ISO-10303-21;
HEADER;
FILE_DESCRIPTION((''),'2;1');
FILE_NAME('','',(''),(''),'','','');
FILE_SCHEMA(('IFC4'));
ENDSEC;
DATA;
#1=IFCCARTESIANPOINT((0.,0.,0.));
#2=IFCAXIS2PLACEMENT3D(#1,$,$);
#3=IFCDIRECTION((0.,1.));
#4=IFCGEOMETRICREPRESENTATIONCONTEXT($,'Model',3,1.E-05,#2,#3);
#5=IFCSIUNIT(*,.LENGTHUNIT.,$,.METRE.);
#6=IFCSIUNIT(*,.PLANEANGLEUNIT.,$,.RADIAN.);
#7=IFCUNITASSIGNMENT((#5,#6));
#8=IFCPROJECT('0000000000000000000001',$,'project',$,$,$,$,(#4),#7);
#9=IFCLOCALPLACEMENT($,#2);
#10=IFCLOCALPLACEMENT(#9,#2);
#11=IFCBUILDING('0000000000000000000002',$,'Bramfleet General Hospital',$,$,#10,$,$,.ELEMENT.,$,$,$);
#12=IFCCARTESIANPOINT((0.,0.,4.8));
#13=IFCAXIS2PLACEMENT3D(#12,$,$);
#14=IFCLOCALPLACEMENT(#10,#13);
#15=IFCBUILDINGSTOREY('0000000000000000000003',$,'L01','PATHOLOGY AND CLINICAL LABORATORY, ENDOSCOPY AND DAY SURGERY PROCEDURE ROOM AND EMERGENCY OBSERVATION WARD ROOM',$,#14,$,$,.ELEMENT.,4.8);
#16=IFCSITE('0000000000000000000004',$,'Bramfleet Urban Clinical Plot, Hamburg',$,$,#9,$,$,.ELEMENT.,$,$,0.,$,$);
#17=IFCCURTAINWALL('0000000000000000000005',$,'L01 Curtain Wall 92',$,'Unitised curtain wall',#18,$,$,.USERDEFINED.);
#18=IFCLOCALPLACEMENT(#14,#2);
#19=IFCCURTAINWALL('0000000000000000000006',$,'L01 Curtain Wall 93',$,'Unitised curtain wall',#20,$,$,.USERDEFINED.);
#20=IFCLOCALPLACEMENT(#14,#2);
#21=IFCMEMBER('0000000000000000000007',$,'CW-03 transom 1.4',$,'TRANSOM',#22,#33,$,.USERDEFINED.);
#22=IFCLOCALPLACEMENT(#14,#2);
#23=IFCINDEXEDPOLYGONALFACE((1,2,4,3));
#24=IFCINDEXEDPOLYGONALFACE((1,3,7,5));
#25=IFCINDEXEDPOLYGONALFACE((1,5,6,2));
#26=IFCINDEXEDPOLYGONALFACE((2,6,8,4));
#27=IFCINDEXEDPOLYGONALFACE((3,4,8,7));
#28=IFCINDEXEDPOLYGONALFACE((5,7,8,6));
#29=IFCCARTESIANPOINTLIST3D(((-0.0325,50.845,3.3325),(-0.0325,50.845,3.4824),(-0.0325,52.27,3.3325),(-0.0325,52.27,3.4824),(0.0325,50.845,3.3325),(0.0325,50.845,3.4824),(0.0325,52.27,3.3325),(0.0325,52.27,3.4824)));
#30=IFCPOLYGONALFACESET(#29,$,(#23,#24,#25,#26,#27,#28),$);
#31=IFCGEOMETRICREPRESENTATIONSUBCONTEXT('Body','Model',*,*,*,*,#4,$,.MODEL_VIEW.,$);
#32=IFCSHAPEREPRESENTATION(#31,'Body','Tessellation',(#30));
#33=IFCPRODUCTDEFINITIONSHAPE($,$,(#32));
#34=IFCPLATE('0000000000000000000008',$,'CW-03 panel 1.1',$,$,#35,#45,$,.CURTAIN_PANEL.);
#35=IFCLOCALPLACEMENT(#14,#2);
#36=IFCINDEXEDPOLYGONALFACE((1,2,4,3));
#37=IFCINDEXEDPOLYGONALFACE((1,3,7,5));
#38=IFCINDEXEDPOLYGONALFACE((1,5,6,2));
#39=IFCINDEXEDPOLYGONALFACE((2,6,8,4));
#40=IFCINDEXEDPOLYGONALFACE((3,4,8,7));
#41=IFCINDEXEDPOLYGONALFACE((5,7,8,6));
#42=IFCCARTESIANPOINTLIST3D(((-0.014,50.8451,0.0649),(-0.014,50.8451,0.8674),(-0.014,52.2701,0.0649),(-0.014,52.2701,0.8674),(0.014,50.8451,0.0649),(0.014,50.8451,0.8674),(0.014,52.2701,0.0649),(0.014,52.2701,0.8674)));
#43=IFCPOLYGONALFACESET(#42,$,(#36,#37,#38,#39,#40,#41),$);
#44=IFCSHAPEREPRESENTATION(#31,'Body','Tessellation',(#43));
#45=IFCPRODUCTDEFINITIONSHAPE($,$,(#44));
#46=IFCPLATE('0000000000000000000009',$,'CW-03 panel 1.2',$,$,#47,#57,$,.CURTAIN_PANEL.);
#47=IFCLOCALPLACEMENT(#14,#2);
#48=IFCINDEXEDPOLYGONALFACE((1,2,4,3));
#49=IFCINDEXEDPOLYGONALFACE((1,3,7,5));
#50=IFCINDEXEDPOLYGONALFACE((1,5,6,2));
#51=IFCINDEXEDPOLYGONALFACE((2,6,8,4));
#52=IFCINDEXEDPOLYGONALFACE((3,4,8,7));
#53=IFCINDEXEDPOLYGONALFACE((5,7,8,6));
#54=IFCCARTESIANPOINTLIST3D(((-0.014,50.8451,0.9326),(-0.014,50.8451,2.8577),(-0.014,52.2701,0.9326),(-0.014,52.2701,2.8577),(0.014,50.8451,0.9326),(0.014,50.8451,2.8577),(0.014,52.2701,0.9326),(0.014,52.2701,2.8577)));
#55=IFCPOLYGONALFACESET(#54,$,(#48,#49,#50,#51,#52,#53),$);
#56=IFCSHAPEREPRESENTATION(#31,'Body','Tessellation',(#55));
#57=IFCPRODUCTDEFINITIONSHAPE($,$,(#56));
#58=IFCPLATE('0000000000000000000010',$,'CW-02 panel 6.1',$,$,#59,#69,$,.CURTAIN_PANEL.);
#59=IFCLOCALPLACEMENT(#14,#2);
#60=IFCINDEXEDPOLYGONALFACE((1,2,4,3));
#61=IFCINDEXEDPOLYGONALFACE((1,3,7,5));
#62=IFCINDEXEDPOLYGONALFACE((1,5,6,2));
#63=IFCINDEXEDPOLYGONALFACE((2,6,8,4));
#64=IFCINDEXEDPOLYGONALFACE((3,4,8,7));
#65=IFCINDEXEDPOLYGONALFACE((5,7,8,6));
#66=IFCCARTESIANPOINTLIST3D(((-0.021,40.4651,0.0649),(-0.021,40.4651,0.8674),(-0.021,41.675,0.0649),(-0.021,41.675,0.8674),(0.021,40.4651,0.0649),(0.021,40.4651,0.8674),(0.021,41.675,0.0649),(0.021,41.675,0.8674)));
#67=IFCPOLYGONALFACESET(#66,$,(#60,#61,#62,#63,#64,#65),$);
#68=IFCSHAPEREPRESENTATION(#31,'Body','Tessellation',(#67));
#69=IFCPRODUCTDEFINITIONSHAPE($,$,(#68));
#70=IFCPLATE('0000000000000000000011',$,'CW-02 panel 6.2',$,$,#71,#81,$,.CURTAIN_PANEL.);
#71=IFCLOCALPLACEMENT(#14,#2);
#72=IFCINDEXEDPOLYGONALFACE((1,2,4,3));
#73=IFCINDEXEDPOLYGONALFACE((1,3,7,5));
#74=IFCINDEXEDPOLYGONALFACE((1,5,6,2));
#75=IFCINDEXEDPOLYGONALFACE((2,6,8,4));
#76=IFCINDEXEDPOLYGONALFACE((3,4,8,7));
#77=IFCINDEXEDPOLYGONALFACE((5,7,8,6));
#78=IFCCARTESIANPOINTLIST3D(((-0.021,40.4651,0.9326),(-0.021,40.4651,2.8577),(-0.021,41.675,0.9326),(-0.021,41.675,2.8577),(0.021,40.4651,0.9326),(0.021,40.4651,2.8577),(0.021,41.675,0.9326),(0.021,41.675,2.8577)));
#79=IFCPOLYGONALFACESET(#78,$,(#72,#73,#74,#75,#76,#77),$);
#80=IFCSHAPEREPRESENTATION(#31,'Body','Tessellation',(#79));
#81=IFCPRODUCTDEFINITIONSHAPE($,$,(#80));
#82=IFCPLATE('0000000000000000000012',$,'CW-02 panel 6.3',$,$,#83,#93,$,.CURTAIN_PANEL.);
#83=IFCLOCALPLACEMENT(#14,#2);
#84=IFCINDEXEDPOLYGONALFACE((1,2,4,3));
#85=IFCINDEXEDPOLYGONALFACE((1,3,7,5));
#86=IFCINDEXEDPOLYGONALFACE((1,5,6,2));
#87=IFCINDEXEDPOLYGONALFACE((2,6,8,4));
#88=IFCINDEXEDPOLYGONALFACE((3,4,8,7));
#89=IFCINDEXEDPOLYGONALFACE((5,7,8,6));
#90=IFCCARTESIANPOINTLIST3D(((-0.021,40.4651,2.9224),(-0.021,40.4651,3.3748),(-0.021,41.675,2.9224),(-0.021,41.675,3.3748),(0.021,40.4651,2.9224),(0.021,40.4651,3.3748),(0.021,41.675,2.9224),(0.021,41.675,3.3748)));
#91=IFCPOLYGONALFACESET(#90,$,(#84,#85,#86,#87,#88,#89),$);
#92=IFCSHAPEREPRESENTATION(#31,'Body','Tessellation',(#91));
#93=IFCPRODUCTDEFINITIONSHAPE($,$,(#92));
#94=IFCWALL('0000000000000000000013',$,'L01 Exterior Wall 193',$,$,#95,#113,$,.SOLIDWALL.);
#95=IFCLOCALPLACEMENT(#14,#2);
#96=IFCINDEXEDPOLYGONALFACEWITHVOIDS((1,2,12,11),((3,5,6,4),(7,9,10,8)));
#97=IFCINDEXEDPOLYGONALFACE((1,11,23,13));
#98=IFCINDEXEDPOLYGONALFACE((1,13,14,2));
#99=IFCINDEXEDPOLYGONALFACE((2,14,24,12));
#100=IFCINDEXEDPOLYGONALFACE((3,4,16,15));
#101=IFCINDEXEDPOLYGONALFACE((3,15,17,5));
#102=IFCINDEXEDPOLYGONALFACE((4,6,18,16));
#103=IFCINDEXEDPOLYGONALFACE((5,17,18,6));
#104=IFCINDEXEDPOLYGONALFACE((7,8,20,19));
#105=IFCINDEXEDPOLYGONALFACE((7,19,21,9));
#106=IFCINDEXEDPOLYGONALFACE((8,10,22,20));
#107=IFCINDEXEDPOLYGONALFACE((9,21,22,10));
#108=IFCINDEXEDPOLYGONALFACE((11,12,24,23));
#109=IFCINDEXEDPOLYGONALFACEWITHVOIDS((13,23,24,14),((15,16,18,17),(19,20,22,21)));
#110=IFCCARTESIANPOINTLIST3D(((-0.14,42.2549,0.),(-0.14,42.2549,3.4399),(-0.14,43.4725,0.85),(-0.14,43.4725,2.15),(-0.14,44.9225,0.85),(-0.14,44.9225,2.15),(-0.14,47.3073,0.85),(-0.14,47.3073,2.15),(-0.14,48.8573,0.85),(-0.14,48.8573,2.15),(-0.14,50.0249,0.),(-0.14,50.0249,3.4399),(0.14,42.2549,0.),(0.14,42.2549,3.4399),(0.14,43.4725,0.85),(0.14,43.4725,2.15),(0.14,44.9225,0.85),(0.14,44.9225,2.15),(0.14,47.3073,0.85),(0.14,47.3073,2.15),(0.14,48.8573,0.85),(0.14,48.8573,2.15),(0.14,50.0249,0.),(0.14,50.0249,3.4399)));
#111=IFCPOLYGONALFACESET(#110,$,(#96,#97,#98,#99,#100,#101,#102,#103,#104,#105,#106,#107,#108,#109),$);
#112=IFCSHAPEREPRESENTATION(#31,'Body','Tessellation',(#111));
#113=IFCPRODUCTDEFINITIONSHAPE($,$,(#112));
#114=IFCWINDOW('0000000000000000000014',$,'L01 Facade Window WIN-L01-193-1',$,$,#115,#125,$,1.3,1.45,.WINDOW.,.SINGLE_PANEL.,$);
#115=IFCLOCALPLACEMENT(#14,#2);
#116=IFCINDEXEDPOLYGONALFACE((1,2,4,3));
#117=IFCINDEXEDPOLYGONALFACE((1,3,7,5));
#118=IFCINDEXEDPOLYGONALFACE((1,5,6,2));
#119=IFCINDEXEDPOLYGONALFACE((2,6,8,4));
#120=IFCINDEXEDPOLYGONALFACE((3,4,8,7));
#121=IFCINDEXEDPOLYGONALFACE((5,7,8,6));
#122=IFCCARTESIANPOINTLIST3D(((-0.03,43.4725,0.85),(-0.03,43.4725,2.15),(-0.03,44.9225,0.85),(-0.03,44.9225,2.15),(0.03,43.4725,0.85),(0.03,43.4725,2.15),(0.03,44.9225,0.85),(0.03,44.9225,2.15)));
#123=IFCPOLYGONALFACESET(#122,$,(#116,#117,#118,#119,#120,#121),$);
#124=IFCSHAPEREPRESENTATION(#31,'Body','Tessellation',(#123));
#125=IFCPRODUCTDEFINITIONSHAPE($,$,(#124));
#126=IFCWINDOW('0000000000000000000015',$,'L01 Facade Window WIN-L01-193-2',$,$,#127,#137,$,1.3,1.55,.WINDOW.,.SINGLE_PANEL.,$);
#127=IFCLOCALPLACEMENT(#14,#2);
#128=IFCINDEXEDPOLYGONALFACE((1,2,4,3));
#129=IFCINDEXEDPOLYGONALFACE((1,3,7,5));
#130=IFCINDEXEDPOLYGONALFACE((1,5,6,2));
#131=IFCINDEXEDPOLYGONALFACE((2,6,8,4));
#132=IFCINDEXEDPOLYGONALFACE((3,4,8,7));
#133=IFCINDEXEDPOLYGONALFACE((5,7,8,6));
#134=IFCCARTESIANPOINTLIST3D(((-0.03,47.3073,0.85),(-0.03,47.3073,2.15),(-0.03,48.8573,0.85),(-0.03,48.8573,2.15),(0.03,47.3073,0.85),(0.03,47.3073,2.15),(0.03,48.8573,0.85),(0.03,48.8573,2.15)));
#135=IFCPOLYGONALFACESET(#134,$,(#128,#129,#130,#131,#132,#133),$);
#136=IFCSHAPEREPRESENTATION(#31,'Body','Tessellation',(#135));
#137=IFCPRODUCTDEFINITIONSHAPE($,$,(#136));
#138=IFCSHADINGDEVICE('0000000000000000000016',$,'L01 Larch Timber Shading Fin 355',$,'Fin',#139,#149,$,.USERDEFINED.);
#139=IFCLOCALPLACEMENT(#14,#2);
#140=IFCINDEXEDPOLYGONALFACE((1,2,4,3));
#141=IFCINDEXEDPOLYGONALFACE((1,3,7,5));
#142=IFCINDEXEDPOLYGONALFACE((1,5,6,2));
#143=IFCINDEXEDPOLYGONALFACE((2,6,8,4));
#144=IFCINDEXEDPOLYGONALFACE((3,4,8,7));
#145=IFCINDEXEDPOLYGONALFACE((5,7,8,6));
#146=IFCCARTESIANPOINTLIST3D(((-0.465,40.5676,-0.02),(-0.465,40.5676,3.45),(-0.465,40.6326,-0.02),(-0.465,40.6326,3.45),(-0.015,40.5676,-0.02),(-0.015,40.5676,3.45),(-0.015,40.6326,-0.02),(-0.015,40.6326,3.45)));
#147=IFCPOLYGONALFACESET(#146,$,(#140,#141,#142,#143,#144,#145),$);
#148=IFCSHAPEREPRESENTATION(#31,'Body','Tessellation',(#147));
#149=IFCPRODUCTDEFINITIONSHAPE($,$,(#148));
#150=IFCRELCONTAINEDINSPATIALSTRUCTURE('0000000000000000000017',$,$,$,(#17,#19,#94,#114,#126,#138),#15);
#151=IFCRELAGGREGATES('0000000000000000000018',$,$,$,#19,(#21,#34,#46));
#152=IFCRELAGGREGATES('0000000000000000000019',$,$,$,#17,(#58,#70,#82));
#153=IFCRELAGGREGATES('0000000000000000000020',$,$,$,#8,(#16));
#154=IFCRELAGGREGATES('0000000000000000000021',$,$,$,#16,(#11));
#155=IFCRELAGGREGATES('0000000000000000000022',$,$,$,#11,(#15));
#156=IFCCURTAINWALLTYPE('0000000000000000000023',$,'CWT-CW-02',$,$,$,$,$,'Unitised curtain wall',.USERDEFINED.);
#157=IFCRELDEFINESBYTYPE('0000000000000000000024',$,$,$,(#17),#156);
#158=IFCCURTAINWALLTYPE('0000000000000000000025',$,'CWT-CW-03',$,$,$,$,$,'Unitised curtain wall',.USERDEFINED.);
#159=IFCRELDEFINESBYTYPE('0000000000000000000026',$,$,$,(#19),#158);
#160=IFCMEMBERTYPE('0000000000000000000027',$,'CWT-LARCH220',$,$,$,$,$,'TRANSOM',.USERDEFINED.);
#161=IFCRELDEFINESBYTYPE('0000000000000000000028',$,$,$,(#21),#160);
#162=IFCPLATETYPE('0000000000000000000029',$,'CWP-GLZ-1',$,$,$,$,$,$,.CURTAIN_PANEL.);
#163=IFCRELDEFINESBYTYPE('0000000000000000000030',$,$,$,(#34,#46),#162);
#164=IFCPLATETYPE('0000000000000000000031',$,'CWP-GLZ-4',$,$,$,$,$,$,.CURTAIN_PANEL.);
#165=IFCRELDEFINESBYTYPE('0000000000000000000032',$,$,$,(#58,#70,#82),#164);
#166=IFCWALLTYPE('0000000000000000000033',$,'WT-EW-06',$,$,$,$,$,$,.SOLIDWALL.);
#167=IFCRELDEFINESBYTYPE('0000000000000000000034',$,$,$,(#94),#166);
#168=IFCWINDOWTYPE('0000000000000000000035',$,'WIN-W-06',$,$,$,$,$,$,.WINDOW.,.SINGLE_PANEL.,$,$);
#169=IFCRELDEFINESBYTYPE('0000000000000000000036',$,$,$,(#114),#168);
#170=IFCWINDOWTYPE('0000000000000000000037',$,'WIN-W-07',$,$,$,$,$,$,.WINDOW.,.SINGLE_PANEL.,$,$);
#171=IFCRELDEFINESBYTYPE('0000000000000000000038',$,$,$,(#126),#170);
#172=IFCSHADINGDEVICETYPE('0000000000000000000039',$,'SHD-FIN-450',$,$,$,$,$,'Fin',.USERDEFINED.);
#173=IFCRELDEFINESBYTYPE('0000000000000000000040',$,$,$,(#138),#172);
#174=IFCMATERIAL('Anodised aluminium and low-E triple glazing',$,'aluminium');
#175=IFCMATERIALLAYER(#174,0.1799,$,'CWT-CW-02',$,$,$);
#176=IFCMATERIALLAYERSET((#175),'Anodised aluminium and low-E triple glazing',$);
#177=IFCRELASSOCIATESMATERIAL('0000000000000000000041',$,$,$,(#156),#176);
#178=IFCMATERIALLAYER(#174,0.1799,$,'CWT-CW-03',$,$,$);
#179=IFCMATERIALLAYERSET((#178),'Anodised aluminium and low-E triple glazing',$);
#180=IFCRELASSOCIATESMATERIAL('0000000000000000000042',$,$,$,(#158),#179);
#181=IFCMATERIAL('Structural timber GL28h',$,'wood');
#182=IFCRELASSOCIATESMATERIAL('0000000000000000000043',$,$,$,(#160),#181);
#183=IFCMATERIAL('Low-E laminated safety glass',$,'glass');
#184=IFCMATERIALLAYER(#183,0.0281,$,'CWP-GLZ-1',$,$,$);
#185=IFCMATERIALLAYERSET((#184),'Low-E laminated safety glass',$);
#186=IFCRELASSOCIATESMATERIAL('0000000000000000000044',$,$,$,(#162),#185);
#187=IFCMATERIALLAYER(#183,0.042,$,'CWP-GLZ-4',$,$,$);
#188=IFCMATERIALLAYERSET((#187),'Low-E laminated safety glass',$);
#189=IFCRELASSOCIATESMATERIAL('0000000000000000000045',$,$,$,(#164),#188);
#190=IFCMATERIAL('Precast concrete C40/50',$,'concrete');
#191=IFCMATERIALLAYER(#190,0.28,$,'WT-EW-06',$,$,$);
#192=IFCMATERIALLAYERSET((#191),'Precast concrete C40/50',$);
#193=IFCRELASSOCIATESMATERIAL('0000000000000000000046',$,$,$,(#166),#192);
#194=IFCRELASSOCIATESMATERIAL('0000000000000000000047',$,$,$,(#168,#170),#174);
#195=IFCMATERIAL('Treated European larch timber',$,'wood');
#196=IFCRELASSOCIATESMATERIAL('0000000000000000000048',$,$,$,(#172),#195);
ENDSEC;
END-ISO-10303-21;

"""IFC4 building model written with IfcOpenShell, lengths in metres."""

from ifc_helpers import new_model, si_unit, direction, frame, frame_2d, origin, origin_2d, place, context, subcontext, project, spatial, rectangle, extrude, material, layer, layer_set, material_profile, profile_set, type_object, element, fill, aggregate, save


model = new_model("IFC4")

# Units and contexts
model_context = context("Model", 3, precision=1e-05, world=origin(), true_north=direction((0.0, 1.0)))
body_context = subcontext(model_context, "Body", "Model", "MODEL_VIEW")
ifc_project = project(units=[si_unit("LENGTHUNIT", "METRE"), si_unit("PLANEANGLEUNIT", "RADIAN")], contexts=[model_context])

# Site, building, storey
site_placement = place(None, origin())
site = spatial("IfcSite", under=ifc_project, at=site_placement, Name="Bramfleet Urban Clinical Plot, Hamburg", CompositionType="ELEMENT", RefElevation=0.0)
building_placement = place(site_placement, origin())
building = spatial("IfcBuilding", under=site, at=building_placement, Name="Bramfleet General Hospital", CompositionType="ELEMENT")
storey_placement = place(building_placement, frame((0.0, 0.0, 4.8)))
storey = spatial("IfcBuildingStorey", under=building, at=storey_placement, Name="L01", Description="PATHOLOGY AND CLINICAL LABORATORY, ENDOSCOPY AND DAY SURGERY PROCEDURE ROOM AND EMERGENCY OBSERVATION WARD ROOM", CompositionType="ELEMENT", Elevation=4.8)

# Curtain walls
ifc_material_1 = material(Name="Anodised aluminium and low-E triple glazing", Category="aluminium")
ifc_layer_1 = layer(ifc_material_1, 0.1799, Name="CWT-CW-02")
ifc_layer_set_1 = layer_set([ifc_layer_1], Name="Anodised aluminium and low-E triple glazing")
curtain_wall_type_1 = type_object("IfcCurtainWallType", Name="CWT-CW-02", ElementType="Unitised curtain wall", PredefinedType="USERDEFINED", material=ifc_layer_set_1)
curtain_wall_1_placement = place(storey_placement, origin())
curtain_wall_1 = element("IfcCurtainWall", 1, at=curtain_wall_1_placement, inside=storey, type_object=curtain_wall_type_1, Name="L01 Curtain Wall 92", ObjectType="Unitised curtain wall", PredefinedType="USERDEFINED")
ifc_material_2 = material(Name="Structural timber GL28h", Category="wood")
ifc_layer_2 = layer(ifc_material_1, 0.1799, Name="CWT-CW-03")
ifc_layer_set_2 = layer_set([ifc_layer_2], Name="Anodised aluminium and low-E triple glazing")
curtain_wall_type_2 = type_object("IfcCurtainWallType", Name="CWT-CW-03", ElementType="Unitised curtain wall", PredefinedType="USERDEFINED", material=ifc_layer_set_2)
curtain_wall_2_placement = place(storey_placement, origin())
curtain_wall_2 = element("IfcCurtainWall", 2, at=curtain_wall_2_placement, inside=storey, type_object=curtain_wall_type_2, Name="L01 Curtain Wall 93", ObjectType="Unitised curtain wall", PredefinedType="USERDEFINED")

# Member
ifc_material_profile_1 = material_profile(ifc_material_2, rectangle(XDim=0.0649, YDim=0.1499, at=origin_2d()), Name="LARCH 150x65")
ifc_profile_set_1 = profile_set([ifc_material_profile_1], Name="Structural timber GL28h")
member_type_1 = type_object("IfcMemberType", Name="CWT-LARCH220", ElementType="TRANSOM", PredefinedType="USERDEFINED", material=ifc_profile_set_1)
member_1_placement = place(storey_placement, frame((0.0, 50.845, 3.4075), z_axis=(0.0, 1.0, 0.0), x_axis=(-1.0, 0.0, 0.0)))
member_1 = element("IfcMember", 3, at=member_1_placement, type_object=member_type_1, Name="CW-03 transom 1.4", ObjectType="TRANSOM", PredefinedType="USERDEFINED", context=body_context, shape_type="SweptSolid", body=[
    extrude(rectangle(XDim=0.0649, YDim=0.1499, at=origin_2d()), origin(), (0.0, 0.0, 1.0), 1.425),
])

# Plates
ifc_material_3 = material(Name="Low-E laminated safety glass", Category="glass")
ifc_layer_3 = layer(ifc_material_3, 0.0281, Name="CWP-GLZ-1")
ifc_layer_set_3 = layer_set([ifc_layer_3], Name="Low-E laminated safety glass")
plate_type_1 = type_object("IfcPlateType", Name="CWP-GLZ-1", PredefinedType="CURTAIN_PANEL", material=ifc_layer_set_3)
plate_1_placement = place(storey_placement, frame((0.0, 51.5576, 0.0649), z_axis=(0.0, 0.0, 1.0), x_axis=(0.0, 1.0, 0.0)))
plate_1 = element("IfcPlate", 4, at=plate_1_placement, type_object=plate_type_1, Name="CW-03 panel 1.1", PredefinedType="CURTAIN_PANEL", context=body_context, shape_type="SweptSolid", body=[
    extrude(rectangle(XDim=1.425, YDim=0.0281, at=origin_2d()), origin(), (0.0, 0.0, 1.0), 0.8025),
])
plate_2_placement = place(storey_placement, frame((0.0, 51.5576, 0.9326), z_axis=(0.0, 0.0, 1.0), x_axis=(0.0, 1.0, 0.0)))
plate_2 = element("IfcPlate", 5, at=plate_2_placement, type_object=plate_type_1, Name="CW-03 panel 1.2", PredefinedType="CURTAIN_PANEL", context=body_context, shape_type="SweptSolid", body=[
    extrude(rectangle(XDim=1.425, YDim=0.0281, at=origin_2d()), origin(), (0.0, 0.0, 1.0), 1.925),
])
aggregate(curtain_wall_2, [member_1, plate_1, plate_2])
ifc_layer_4 = layer(ifc_material_3, 0.042, Name="CWP-GLZ-4")
ifc_layer_set_4 = layer_set([ifc_layer_4], Name="Low-E laminated safety glass")
plate_type_2 = type_object("IfcPlateType", Name="CWP-GLZ-4", PredefinedType="CURTAIN_PANEL", material=ifc_layer_set_4)
plate_3_placement = place(storey_placement, frame((0.0, 41.0701, 0.0649), z_axis=(0.0, 0.0, 1.0), x_axis=(0.0, 1.0, 0.0)))
plate_3 = element("IfcPlate", 6, at=plate_3_placement, type_object=plate_type_2, Name="CW-02 panel 6.1", PredefinedType="CURTAIN_PANEL", context=body_context, shape_type="SweptSolid", body=[
    extrude(rectangle(XDim=1.21, YDim=0.042, at=origin_2d()), origin(), (0.0, 0.0, 1.0), 0.8025),
])
plate_4_placement = place(storey_placement, frame((0.0, 41.0701, 0.9326), z_axis=(0.0, 0.0, 1.0), x_axis=(0.0, 1.0, 0.0)))
plate_4 = element("IfcPlate", 7, at=plate_4_placement, type_object=plate_type_2, Name="CW-02 panel 6.2", PredefinedType="CURTAIN_PANEL", context=body_context, shape_type="SweptSolid", body=[
    extrude(rectangle(XDim=1.21, YDim=0.042, at=origin_2d()), origin(), (0.0, 0.0, 1.0), 1.925),
])
plate_5_placement = place(storey_placement, frame((0.0, 41.0701, 2.9224), z_axis=(0.0, 0.0, 1.0), x_axis=(0.0, 1.0, 0.0)))
plate_5 = element("IfcPlate", 8, at=plate_5_placement, type_object=plate_type_2, Name="CW-02 panel 6.3", PredefinedType="CURTAIN_PANEL", context=body_context, shape_type="SweptSolid", body=[
    extrude(rectangle(XDim=1.21, YDim=0.042, at=origin_2d()), origin(), (0.0, 0.0, 1.0), 0.4524),
])
aggregate(curtain_wall_1, [plate_3, plate_4, plate_5])

# Wall, openings, windows
ifc_material_4 = material(Name="Precast concrete C40/50", Category="concrete")
ifc_layer_5 = layer(ifc_material_4, 0.28, Name="WT-EW-06")
ifc_layer_set_5 = layer_set([ifc_layer_5], Name="Precast concrete C40/50")
wall_type = type_object("IfcWallType", Name="WT-EW-06", PredefinedType="SOLIDWALL", material=ifc_layer_set_5)
wall_placement = place(storey_placement, frame((0.0, 42.2549, 0.0), z_axis=(0.0, 0.0, 1.0), x_axis=(0.0, 1.0, 0.0)))
wall = element("IfcWall", 9, at=wall_placement, inside=storey, type_object=wall_type, Name="L01 Exterior Wall 193", PredefinedType="SOLIDWALL", context=body_context, shape_type="SweptSolid", body=[
    extrude(rectangle(XDim=7.77, YDim=0.28, at=frame_2d((3.885, 0.0))), origin(), (0.0, 0.0, 1.0), 3.4399),
])
opening_1_placement = place(wall_placement, frame((1.2175, 0.0, 0.8501)))
opening_1 = element("IfcOpeningElement", 10, at=opening_1_placement, cuts=wall, PredefinedType="OPENING", context=body_context, shape_type="SweptSolid", body=[
    extrude(rectangle(XDim=1.45, YDim=1.3, at=frame_2d((0.7251, 0.6499))), frame((0.0, 0.1499, 0.0), z_axis=(0.0, -1.0, 0.0), x_axis=(1.0, 0.0, 0.0)), (0.0, 0.0, 1.0), 0.3),
])
opening_2_placement = place(wall_placement, frame((5.0525, 0.0, 0.8501)))
opening_2 = element("IfcOpeningElement", 11, at=opening_2_placement, cuts=wall, PredefinedType="OPENING", context=body_context, shape_type="SweptSolid", body=[
    extrude(rectangle(XDim=1.55, YDim=1.3, at=frame_2d((0.7749, 0.6499))), frame((0.0, 0.1499, 0.0), z_axis=(0.0, -1.0, 0.0), x_axis=(1.0, 0.0, 0.0)), (0.0, 0.0, 1.0), 0.3),
])
window_type_1 = type_object("IfcWindowType", Name="WIN-W-06", PartitioningType="SINGLE_PANEL", PredefinedType="WINDOW", material=ifc_material_1)
window_1_placement = place(opening_1_placement, origin())
window_1 = element("IfcWindow", 12, at=window_1_placement, inside=storey, type_object=window_type_1, Name="L01 Facade Window WIN-L01-193-1", OverallHeight=1.3, OverallWidth=1.45, PartitioningType="SINGLE_PANEL", PredefinedType="WINDOW", context=body_context, shape_type="SweptSolid", body=[
    extrude(rectangle(XDim=1.45, YDim=1.3, at=frame_2d((0.7251, 0.6499))), frame((0.0, 0.03, 0.0), z_axis=(0.0, -1.0, 0.0), x_axis=(1.0, 0.0, 0.0)), (0.0, 0.0, 1.0), 0.0601),
])
fill(opening_1, window_1)
window_type_2 = type_object("IfcWindowType", Name="WIN-W-07", PartitioningType="SINGLE_PANEL", PredefinedType="WINDOW", material=ifc_material_1)
window_2_placement = place(opening_2_placement, origin())
window_2 = element("IfcWindow", 13, at=window_2_placement, inside=storey, type_object=window_type_2, Name="L01 Facade Window WIN-L01-193-2", OverallHeight=1.3, OverallWidth=1.55, PartitioningType="SINGLE_PANEL", PredefinedType="WINDOW", context=body_context, shape_type="SweptSolid", body=[
    extrude(rectangle(XDim=1.55, YDim=1.3, at=frame_2d((0.7749, 0.6499))), frame((0.0, 0.03, 0.0), z_axis=(0.0, -1.0, 0.0), x_axis=(1.0, 0.0, 0.0)), (0.0, 0.0, 1.0), 0.0601),
])
fill(opening_2, window_2)

# Shading device
ifc_material_5 = material(Name="Treated European larch timber", Category="wood")
ifc_material_profile_2 = material_profile(ifc_material_5, rectangle(XDim=0.0649, YDim=0.45, at=origin_2d()), Name="LARCH FIN 450x65")
ifc_profile_set_2 = profile_set([ifc_material_profile_2], Name="Treated European larch timber")
shading_device_type = type_object("IfcShadingDeviceType", Name="SHD-FIN-450", ElementType="Fin", PredefinedType="USERDEFINED", material=ifc_profile_set_2)
shading_device_placement = place(storey_placement, frame((-0.24, 40.6001, -0.02), z_axis=(0.0, 0.0, 1.0), x_axis=(0.0, 1.0, 0.0)))
element("IfcShadingDevice", 14, at=shading_device_placement, inside=storey, type_object=shading_device_type, Name="L01 Larch Timber Shading Fin 355", ObjectType="Fin", PredefinedType="USERDEFINED", context=body_context, shape_type="SweptSolid", body=[
    extrude(rectangle(XDim=0.0649, YDim=0.45, at=origin_2d()), origin(), (0.0, 0.0, 1.0), 3.47),
])

save(model, "model.ifc")
